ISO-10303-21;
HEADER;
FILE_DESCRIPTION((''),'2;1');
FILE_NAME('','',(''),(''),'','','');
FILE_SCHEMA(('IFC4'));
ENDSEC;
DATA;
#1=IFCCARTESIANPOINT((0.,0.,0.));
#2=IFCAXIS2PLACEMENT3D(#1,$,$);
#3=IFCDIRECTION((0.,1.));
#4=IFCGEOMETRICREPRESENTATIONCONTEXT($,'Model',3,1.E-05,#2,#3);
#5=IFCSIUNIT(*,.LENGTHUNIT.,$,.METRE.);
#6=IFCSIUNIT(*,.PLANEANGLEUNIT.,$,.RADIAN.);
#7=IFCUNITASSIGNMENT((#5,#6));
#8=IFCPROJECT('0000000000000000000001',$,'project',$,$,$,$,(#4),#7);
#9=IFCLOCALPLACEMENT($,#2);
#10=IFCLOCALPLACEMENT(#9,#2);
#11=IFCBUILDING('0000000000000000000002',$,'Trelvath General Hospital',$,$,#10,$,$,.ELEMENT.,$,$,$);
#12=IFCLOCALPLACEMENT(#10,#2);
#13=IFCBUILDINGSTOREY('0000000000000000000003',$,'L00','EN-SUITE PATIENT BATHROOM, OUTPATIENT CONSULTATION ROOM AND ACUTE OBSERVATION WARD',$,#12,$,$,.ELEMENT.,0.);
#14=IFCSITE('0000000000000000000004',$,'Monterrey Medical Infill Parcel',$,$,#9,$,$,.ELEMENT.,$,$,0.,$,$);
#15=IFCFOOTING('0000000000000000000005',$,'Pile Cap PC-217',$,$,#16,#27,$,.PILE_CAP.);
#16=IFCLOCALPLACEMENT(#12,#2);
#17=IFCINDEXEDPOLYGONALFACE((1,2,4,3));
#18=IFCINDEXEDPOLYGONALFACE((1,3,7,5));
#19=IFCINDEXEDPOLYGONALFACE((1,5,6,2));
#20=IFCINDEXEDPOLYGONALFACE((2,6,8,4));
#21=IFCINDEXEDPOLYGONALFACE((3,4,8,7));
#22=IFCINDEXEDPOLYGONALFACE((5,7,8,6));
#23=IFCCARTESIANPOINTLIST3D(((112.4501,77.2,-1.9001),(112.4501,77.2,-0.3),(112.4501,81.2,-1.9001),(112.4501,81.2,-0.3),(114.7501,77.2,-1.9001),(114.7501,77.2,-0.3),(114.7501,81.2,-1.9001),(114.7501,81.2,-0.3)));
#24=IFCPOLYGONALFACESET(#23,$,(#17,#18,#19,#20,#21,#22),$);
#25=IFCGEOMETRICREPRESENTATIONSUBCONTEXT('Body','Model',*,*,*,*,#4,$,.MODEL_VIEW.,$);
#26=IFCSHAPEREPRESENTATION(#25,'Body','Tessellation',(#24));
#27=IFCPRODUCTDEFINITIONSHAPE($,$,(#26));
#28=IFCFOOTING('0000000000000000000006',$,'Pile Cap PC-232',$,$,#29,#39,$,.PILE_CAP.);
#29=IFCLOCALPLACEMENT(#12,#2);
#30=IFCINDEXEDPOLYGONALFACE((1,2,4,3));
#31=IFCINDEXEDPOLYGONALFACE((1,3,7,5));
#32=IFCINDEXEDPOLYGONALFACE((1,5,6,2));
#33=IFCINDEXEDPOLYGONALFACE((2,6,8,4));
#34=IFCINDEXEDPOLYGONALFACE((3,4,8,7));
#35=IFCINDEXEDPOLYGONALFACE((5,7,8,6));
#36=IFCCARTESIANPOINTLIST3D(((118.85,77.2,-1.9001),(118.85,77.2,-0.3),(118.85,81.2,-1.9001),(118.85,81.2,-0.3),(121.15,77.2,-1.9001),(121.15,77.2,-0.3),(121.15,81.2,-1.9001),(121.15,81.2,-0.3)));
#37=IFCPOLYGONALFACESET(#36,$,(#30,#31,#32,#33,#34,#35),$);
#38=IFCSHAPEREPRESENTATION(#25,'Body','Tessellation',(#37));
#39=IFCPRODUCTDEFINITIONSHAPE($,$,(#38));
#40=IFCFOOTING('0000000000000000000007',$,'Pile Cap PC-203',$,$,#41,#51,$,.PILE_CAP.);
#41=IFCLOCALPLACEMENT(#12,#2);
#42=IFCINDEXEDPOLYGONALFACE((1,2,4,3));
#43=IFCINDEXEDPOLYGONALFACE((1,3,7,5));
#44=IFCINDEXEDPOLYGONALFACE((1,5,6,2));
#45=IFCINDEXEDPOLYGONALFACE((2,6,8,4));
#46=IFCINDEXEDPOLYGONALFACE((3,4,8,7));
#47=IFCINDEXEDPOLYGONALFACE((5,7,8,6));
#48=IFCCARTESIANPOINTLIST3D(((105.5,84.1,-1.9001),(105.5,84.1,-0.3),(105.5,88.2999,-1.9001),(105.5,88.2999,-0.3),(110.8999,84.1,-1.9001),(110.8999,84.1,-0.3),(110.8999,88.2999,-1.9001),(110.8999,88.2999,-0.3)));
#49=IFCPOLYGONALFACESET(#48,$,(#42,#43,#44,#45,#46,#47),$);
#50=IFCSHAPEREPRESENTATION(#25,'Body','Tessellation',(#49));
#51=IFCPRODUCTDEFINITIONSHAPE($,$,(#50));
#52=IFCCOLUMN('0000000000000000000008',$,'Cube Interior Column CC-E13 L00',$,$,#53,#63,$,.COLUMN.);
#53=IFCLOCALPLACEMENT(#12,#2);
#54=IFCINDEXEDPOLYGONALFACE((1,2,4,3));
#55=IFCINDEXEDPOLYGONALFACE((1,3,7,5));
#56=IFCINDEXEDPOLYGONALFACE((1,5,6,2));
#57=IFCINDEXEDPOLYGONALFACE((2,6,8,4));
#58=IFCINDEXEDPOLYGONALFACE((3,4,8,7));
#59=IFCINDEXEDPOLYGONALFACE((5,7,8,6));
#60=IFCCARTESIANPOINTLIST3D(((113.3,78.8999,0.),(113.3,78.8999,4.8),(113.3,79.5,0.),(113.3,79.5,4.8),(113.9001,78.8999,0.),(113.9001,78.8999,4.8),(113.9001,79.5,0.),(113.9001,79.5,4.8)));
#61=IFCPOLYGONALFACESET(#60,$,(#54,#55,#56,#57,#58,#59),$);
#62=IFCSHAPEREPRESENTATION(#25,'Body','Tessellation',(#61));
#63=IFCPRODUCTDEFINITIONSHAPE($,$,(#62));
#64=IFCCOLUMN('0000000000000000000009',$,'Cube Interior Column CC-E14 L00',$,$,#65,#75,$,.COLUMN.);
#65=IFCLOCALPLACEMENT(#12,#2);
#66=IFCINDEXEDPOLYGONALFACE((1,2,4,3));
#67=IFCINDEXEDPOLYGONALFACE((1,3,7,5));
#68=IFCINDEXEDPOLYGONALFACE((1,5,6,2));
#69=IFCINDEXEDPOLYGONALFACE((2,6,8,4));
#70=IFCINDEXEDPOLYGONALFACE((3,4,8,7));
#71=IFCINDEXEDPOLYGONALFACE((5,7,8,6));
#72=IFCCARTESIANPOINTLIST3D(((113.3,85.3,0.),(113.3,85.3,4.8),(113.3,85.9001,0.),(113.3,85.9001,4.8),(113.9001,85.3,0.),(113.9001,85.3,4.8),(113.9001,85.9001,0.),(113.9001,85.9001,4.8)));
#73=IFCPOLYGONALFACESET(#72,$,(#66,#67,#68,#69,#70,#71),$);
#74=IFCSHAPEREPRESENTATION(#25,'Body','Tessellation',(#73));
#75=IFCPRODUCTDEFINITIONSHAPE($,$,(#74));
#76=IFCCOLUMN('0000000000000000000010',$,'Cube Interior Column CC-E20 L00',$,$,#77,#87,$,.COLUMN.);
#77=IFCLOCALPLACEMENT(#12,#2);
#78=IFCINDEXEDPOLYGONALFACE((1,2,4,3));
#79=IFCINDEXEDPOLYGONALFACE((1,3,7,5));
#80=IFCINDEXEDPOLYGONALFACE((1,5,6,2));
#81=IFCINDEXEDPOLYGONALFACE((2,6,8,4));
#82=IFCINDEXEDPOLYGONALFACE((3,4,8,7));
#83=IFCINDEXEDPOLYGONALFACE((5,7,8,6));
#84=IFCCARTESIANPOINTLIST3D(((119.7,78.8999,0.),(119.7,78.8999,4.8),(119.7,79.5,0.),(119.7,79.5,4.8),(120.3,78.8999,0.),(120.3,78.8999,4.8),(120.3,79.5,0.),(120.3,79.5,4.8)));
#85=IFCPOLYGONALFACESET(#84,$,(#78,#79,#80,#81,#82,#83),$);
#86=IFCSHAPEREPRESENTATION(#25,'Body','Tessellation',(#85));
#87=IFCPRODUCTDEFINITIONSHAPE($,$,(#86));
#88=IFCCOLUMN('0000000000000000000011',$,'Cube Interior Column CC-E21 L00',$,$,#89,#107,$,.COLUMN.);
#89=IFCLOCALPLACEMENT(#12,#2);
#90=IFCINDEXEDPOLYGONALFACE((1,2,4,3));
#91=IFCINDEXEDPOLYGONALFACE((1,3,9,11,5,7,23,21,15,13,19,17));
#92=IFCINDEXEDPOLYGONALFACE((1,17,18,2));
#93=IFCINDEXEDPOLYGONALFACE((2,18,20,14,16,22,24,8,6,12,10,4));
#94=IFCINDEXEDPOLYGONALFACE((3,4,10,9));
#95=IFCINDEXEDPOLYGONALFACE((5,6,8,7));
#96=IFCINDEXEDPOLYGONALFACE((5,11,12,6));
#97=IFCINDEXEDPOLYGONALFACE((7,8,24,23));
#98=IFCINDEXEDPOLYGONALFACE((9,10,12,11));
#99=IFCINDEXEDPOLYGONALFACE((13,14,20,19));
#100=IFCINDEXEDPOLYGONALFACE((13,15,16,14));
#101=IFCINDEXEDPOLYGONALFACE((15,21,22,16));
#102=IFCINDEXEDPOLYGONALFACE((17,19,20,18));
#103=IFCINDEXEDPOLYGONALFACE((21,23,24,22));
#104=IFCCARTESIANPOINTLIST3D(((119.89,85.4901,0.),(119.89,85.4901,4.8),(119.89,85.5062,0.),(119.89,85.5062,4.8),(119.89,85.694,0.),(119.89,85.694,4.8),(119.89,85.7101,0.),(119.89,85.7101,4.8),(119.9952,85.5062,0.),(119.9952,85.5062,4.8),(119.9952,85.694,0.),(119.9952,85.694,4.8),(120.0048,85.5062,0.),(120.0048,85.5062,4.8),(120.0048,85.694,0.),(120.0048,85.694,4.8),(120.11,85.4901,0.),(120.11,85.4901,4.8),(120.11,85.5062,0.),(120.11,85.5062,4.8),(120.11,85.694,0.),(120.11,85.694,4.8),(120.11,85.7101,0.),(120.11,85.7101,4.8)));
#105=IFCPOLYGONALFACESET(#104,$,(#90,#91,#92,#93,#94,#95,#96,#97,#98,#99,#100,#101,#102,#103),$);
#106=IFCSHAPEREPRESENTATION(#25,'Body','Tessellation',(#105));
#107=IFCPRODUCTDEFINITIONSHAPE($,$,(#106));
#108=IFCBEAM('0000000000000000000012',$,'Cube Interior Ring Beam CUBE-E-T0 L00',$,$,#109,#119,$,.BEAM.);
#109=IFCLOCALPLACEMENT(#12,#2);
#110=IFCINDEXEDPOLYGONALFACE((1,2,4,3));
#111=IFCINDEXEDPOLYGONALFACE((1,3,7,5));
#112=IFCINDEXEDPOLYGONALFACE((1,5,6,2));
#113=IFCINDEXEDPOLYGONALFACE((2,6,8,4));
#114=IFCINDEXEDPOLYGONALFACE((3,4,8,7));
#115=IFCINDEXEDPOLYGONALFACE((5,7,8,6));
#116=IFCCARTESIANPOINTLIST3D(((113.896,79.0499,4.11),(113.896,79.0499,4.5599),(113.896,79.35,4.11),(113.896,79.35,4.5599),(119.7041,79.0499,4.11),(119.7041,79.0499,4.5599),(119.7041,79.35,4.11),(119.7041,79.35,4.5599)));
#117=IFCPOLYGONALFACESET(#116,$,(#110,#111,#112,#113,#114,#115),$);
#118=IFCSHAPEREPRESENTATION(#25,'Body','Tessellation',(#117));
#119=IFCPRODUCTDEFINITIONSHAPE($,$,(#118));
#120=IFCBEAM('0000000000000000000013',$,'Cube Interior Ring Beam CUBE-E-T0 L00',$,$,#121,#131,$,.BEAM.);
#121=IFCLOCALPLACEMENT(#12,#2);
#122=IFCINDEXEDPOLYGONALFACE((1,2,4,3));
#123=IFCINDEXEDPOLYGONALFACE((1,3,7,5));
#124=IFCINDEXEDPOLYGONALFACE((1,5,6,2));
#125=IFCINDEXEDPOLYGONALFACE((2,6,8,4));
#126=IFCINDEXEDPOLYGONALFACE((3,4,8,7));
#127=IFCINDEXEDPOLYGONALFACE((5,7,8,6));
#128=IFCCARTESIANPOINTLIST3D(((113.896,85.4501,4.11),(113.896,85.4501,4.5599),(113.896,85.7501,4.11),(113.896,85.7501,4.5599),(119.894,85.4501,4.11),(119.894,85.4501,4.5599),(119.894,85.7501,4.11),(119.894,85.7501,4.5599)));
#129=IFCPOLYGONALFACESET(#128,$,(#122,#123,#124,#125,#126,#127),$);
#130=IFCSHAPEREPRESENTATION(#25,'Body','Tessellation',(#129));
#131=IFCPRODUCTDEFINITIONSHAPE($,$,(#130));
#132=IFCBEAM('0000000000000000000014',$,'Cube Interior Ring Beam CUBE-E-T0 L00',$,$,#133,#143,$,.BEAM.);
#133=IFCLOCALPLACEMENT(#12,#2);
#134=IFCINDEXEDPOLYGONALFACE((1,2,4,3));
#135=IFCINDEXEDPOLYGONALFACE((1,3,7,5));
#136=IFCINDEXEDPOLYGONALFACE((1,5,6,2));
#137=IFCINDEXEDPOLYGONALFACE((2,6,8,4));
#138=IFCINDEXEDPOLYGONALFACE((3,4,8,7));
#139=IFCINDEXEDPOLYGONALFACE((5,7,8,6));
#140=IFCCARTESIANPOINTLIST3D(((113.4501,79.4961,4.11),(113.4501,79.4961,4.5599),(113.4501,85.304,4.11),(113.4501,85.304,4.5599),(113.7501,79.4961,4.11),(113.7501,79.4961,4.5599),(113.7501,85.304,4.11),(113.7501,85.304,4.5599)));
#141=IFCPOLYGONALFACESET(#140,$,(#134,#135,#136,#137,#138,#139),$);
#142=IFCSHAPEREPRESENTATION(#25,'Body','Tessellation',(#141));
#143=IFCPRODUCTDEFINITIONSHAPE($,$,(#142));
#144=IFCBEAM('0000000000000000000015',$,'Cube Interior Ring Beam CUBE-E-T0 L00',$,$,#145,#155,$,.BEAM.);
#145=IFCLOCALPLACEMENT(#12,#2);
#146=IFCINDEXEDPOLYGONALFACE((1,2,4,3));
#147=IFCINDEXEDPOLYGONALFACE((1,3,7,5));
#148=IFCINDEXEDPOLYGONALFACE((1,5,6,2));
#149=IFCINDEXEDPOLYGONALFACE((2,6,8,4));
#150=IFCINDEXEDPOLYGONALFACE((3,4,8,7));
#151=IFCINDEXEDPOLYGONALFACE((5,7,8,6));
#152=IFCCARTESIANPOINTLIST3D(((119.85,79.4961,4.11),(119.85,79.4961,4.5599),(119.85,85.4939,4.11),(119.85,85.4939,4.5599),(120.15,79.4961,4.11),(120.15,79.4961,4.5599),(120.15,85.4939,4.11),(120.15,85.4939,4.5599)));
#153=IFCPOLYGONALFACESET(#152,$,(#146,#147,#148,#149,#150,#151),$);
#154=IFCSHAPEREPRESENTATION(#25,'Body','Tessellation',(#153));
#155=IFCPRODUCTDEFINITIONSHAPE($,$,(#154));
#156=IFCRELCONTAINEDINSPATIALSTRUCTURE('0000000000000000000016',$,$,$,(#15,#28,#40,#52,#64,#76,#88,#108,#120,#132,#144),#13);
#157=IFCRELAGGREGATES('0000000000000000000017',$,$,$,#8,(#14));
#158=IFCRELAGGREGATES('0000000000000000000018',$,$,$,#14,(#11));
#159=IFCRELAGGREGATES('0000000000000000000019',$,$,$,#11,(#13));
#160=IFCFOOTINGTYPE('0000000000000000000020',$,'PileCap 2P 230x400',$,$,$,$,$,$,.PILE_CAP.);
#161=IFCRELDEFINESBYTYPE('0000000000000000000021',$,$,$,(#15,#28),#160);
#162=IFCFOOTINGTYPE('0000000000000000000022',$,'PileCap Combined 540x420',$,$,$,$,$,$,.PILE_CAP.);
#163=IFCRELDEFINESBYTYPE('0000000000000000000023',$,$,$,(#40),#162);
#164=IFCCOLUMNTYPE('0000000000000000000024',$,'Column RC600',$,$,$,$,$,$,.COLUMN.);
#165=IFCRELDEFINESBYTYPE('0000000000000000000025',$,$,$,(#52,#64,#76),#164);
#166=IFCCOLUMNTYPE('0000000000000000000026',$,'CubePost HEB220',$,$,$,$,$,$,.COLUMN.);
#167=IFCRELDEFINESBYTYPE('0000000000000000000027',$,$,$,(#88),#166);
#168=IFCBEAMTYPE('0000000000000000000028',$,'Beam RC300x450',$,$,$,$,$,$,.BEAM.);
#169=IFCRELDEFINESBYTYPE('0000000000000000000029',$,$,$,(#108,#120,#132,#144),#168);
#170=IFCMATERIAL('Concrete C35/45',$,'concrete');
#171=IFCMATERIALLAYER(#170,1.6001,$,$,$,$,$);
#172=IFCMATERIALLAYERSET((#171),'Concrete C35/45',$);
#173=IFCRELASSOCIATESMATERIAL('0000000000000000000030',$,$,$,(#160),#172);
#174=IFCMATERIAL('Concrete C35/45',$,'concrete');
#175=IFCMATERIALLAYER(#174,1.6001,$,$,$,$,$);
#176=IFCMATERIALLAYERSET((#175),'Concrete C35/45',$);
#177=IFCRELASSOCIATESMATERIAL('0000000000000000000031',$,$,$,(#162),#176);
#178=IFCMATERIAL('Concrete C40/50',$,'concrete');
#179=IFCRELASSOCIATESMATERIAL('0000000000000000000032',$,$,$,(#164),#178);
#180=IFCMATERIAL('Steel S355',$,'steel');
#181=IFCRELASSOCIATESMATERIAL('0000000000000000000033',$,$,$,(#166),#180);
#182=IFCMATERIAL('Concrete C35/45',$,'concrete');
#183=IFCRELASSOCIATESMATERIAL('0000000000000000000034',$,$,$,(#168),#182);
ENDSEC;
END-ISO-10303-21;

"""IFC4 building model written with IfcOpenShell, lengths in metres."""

from ifc_helpers import new_model, si_unit, direction, frame, origin, origin_2d, place, context, subcontext, project, spatial, rectangle, i_section, extrude, material, layer, layer_set, material_profile, profile_set, type_object, element, save


model = new_model("IFC4")

# Units and contexts
model_context = context("Model", 3, precision=1e-05, world=origin(), true_north=direction((0.0, 1.0)))
body_context = subcontext(model_context, "Body", "Model", "MODEL_VIEW")
ifc_project = project(units=[si_unit("LENGTHUNIT", "METRE"), si_unit("PLANEANGLEUNIT", "RADIAN")], contexts=[model_context])

# Site, building, storey
site_placement = place(None, origin())
site = spatial("IfcSite", under=ifc_project, at=site_placement, Name="Monterrey Medical Infill Parcel", CompositionType="ELEMENT", RefElevation=0.0)
building_placement = place(site_placement, origin())
building = spatial("IfcBuilding", under=site, at=building_placement, Name="Trelvath General Hospital", CompositionType="ELEMENT")
storey_placement = place(building_placement, origin())
storey = spatial("IfcBuildingStorey", under=building, at=storey_placement, Name="L00", Description="EN-SUITE PATIENT BATHROOM, OUTPATIENT CONSULTATION ROOM AND ACUTE OBSERVATION WARD", CompositionType="ELEMENT", Elevation=0.0)

# Footings
ifc_material_1 = material(Name="Concrete C35/45", Category="concrete")
ifc_layer_1 = layer(ifc_material_1, 1.6001)
ifc_layer_set_1 = layer_set([ifc_layer_1], Name="Concrete C35/45")
footing_type_1 = type_object("IfcFootingType", Name="PileCap 2P 230x400", PredefinedType="PILE_CAP", material=ifc_layer_set_1)
for number, where, z_axis, x_axis, name in (
    (1, (113.6001, 79.2, -1.9001), (0.0, 0.0, 1.0), (1.0, 0.0, 0.0), "Pile Cap PC-217"),
    (2, (120.0, 79.2, -1.9001), (0.0, 0.0, 1.0), (1.0, 0.0, 0.0), "Pile Cap PC-232"),
):
    element("IfcFooting", number, at=place(storey_placement, frame(where, z_axis=z_axis, x_axis=x_axis)), inside=storey, type_object=footing_type_1, Name=name, PredefinedType="PILE_CAP", context=body_context, shape_type="SweptSolid", body=[
        extrude(rectangle(XDim=2.3, YDim=4.0, at=origin_2d()), origin(), (0.0, 0.0, 1.0), 1.6001),
    ])
ifc_material_2 = material(Name="Concrete C35/45", Category="concrete")
ifc_layer_2 = layer(ifc_material_2, 1.6001)
ifc_layer_set_2 = layer_set([ifc_layer_2], Name="Concrete C35/45")
footing_type_2 = type_object("IfcFootingType", Name="PileCap Combined 540x420", PredefinedType="PILE_CAP", material=ifc_layer_set_2)
footing_placement = place(storey_placement, frame((108.2, 86.2, -1.9001), z_axis=(0.0, 0.0, 1.0), x_axis=(1.0, 0.0, 0.0)))
element("IfcFooting", 3, at=footing_placement, inside=storey, type_object=footing_type_2, Name="Pile Cap PC-203", PredefinedType="PILE_CAP", context=body_context, shape_type="SweptSolid", body=[
    extrude(rectangle(XDim=5.3999, YDim=4.2, at=origin_2d()), origin(), (0.0, 0.0, 1.0), 1.6001),
])

# Columns
ifc_material_3 = material(Name="Concrete C40/50", Category="concrete")
ifc_material_profile_1 = material_profile(ifc_material_3, rectangle(XDim=0.6001, YDim=0.6001, at=origin_2d()), Name="RC600x600")
ifc_profile_set_1 = profile_set([ifc_material_profile_1], Name="Concrete C40/50")
column_type_1 = type_object("IfcColumnType", Name="Column RC600", PredefinedType="COLUMN", material=ifc_profile_set_1)
for number, where, z_axis, x_axis, name in (
    (4, (113.6001, 79.2, 0.0), (0.0, 0.0, 1.0), (1.0, 0.0, 0.0), "Cube Interior Column CC-E13 L00"),
    (5, (113.6001, 85.6001, 0.0), (0.0, 0.0, 1.0), (1.0, 0.0, 0.0), "Cube Interior Column CC-E14 L00"),
    (6, (120.0, 79.2, 0.0), (0.0, 0.0, 1.0), (1.0, 0.0, 0.0), "Cube Interior Column CC-E20 L00"),
):
    element("IfcColumn", number, at=place(storey_placement, frame(where, z_axis=z_axis, x_axis=x_axis)), inside=storey, type_object=column_type_1, Name=name, PredefinedType="COLUMN", context=body_context, shape_type="SweptSolid", body=[
        extrude(rectangle(XDim=0.6001, YDim=0.6001, at=origin_2d()), origin(), (0.0, 0.0, 1.0), 4.8),
    ])
ifc_material_4 = material(Name="Steel S355", Category="steel")
ifc_material_profile_2 = material_profile(ifc_material_4, i_section(OverallWidth=0.22, OverallDepth=0.22, WebThickness=0.0095, FlangeThickness=0.0161, at=origin_2d()), Name="HEB220")
ifc_profile_set_2 = profile_set([ifc_material_profile_2], Name="Steel S355")
column_type_2 = type_object("IfcColumnType", Name="CubePost HEB220", PredefinedType="COLUMN", material=ifc_profile_set_2)
column_placement = place(storey_placement, frame((120.0, 85.6001, 0.0), z_axis=(0.0, 0.0, 1.0), x_axis=(1.0, 0.0, 0.0)))
element("IfcColumn", 7, at=column_placement, inside=storey, type_object=column_type_2, Name="Cube Interior Column CC-E21 L00", PredefinedType="COLUMN", context=body_context, shape_type="SweptSolid", body=[
    extrude(i_section(OverallWidth=0.22, OverallDepth=0.22, WebThickness=0.0095, FlangeThickness=0.0161, at=origin_2d()), origin(), (0.0, 0.0, 1.0), 4.8),
])

# Beams
ifc_material_5 = material(Name="Concrete C35/45", Category="concrete")
ifc_material_profile_3 = material_profile(ifc_material_5, rectangle(XDim=0.3, YDim=0.45, at=origin_2d()), Name="RCB300x450")
ifc_profile_set_3 = profile_set([ifc_material_profile_3], Name="Concrete C35/45")
beam_type = type_object("IfcBeamType", Name="Beam RC300x450", PredefinedType="BEAM", material=ifc_profile_set_3)
beam_1_placement = place(storey_placement, frame((113.896, 79.2, 4.335), z_axis=(1.0, 0.0, 0.0), x_axis=(0.0, 1.0, 0.0)))
element("IfcBeam", 8, at=beam_1_placement, inside=storey, type_object=beam_type, Name="Cube Interior Ring Beam CUBE-E-T0 L00", PredefinedType="BEAM", context=body_context, shape_type="SweptSolid", body=[
    extrude(rectangle(XDim=0.3, YDim=0.45, at=origin_2d()), origin(), (0.0, 0.0, 1.0), 5.8081),
])
beam_2_placement = place(storey_placement, frame((113.896, 85.6001, 4.335), z_axis=(1.0, 0.0, 0.0), x_axis=(0.0, 1.0, 0.0)))
element("IfcBeam", 9, at=beam_2_placement, inside=storey, type_object=beam_type, Name="Cube Interior Ring Beam CUBE-E-T0 L00", PredefinedType="BEAM", context=body_context, shape_type="SweptSolid", body=[
    extrude(rectangle(XDim=0.3, YDim=0.45, at=origin_2d()), origin(), (0.0, 0.0, 1.0), 5.998),
])
beam_3_placement = place(storey_placement, frame((113.6001, 79.4961, 4.335), z_axis=(0.0, 1.0, 0.0), x_axis=(-1.0, 0.0, 0.0)))
element("IfcBeam", 10, at=beam_3_placement, inside=storey, type_object=beam_type, Name="Cube Interior Ring Beam CUBE-E-T0 L00", PredefinedType="BEAM", context=body_context, shape_type="SweptSolid", body=[
    extrude(rectangle(XDim=0.3, YDim=0.45, at=origin_2d()), origin(), (0.0, 0.0, 1.0), 5.8079),
])
beam_4_placement = place(storey_placement, frame((120.0, 79.4961, 4.335), z_axis=(0.0, 1.0, 0.0), x_axis=(-1.0, 0.0, 0.0)))
element("IfcBeam", 11, at=beam_4_placement, inside=storey, type_object=beam_type, Name="Cube Interior Ring Beam CUBE-E-T0 L00", PredefinedType="BEAM", context=body_context, shape_type="SweptSolid", body=[
    extrude(rectangle(XDim=0.3, YDim=0.45, at=origin_2d()), origin(), (0.0, 0.0, 1.0), 5.9978),
])

save(model, "model.ifc")
